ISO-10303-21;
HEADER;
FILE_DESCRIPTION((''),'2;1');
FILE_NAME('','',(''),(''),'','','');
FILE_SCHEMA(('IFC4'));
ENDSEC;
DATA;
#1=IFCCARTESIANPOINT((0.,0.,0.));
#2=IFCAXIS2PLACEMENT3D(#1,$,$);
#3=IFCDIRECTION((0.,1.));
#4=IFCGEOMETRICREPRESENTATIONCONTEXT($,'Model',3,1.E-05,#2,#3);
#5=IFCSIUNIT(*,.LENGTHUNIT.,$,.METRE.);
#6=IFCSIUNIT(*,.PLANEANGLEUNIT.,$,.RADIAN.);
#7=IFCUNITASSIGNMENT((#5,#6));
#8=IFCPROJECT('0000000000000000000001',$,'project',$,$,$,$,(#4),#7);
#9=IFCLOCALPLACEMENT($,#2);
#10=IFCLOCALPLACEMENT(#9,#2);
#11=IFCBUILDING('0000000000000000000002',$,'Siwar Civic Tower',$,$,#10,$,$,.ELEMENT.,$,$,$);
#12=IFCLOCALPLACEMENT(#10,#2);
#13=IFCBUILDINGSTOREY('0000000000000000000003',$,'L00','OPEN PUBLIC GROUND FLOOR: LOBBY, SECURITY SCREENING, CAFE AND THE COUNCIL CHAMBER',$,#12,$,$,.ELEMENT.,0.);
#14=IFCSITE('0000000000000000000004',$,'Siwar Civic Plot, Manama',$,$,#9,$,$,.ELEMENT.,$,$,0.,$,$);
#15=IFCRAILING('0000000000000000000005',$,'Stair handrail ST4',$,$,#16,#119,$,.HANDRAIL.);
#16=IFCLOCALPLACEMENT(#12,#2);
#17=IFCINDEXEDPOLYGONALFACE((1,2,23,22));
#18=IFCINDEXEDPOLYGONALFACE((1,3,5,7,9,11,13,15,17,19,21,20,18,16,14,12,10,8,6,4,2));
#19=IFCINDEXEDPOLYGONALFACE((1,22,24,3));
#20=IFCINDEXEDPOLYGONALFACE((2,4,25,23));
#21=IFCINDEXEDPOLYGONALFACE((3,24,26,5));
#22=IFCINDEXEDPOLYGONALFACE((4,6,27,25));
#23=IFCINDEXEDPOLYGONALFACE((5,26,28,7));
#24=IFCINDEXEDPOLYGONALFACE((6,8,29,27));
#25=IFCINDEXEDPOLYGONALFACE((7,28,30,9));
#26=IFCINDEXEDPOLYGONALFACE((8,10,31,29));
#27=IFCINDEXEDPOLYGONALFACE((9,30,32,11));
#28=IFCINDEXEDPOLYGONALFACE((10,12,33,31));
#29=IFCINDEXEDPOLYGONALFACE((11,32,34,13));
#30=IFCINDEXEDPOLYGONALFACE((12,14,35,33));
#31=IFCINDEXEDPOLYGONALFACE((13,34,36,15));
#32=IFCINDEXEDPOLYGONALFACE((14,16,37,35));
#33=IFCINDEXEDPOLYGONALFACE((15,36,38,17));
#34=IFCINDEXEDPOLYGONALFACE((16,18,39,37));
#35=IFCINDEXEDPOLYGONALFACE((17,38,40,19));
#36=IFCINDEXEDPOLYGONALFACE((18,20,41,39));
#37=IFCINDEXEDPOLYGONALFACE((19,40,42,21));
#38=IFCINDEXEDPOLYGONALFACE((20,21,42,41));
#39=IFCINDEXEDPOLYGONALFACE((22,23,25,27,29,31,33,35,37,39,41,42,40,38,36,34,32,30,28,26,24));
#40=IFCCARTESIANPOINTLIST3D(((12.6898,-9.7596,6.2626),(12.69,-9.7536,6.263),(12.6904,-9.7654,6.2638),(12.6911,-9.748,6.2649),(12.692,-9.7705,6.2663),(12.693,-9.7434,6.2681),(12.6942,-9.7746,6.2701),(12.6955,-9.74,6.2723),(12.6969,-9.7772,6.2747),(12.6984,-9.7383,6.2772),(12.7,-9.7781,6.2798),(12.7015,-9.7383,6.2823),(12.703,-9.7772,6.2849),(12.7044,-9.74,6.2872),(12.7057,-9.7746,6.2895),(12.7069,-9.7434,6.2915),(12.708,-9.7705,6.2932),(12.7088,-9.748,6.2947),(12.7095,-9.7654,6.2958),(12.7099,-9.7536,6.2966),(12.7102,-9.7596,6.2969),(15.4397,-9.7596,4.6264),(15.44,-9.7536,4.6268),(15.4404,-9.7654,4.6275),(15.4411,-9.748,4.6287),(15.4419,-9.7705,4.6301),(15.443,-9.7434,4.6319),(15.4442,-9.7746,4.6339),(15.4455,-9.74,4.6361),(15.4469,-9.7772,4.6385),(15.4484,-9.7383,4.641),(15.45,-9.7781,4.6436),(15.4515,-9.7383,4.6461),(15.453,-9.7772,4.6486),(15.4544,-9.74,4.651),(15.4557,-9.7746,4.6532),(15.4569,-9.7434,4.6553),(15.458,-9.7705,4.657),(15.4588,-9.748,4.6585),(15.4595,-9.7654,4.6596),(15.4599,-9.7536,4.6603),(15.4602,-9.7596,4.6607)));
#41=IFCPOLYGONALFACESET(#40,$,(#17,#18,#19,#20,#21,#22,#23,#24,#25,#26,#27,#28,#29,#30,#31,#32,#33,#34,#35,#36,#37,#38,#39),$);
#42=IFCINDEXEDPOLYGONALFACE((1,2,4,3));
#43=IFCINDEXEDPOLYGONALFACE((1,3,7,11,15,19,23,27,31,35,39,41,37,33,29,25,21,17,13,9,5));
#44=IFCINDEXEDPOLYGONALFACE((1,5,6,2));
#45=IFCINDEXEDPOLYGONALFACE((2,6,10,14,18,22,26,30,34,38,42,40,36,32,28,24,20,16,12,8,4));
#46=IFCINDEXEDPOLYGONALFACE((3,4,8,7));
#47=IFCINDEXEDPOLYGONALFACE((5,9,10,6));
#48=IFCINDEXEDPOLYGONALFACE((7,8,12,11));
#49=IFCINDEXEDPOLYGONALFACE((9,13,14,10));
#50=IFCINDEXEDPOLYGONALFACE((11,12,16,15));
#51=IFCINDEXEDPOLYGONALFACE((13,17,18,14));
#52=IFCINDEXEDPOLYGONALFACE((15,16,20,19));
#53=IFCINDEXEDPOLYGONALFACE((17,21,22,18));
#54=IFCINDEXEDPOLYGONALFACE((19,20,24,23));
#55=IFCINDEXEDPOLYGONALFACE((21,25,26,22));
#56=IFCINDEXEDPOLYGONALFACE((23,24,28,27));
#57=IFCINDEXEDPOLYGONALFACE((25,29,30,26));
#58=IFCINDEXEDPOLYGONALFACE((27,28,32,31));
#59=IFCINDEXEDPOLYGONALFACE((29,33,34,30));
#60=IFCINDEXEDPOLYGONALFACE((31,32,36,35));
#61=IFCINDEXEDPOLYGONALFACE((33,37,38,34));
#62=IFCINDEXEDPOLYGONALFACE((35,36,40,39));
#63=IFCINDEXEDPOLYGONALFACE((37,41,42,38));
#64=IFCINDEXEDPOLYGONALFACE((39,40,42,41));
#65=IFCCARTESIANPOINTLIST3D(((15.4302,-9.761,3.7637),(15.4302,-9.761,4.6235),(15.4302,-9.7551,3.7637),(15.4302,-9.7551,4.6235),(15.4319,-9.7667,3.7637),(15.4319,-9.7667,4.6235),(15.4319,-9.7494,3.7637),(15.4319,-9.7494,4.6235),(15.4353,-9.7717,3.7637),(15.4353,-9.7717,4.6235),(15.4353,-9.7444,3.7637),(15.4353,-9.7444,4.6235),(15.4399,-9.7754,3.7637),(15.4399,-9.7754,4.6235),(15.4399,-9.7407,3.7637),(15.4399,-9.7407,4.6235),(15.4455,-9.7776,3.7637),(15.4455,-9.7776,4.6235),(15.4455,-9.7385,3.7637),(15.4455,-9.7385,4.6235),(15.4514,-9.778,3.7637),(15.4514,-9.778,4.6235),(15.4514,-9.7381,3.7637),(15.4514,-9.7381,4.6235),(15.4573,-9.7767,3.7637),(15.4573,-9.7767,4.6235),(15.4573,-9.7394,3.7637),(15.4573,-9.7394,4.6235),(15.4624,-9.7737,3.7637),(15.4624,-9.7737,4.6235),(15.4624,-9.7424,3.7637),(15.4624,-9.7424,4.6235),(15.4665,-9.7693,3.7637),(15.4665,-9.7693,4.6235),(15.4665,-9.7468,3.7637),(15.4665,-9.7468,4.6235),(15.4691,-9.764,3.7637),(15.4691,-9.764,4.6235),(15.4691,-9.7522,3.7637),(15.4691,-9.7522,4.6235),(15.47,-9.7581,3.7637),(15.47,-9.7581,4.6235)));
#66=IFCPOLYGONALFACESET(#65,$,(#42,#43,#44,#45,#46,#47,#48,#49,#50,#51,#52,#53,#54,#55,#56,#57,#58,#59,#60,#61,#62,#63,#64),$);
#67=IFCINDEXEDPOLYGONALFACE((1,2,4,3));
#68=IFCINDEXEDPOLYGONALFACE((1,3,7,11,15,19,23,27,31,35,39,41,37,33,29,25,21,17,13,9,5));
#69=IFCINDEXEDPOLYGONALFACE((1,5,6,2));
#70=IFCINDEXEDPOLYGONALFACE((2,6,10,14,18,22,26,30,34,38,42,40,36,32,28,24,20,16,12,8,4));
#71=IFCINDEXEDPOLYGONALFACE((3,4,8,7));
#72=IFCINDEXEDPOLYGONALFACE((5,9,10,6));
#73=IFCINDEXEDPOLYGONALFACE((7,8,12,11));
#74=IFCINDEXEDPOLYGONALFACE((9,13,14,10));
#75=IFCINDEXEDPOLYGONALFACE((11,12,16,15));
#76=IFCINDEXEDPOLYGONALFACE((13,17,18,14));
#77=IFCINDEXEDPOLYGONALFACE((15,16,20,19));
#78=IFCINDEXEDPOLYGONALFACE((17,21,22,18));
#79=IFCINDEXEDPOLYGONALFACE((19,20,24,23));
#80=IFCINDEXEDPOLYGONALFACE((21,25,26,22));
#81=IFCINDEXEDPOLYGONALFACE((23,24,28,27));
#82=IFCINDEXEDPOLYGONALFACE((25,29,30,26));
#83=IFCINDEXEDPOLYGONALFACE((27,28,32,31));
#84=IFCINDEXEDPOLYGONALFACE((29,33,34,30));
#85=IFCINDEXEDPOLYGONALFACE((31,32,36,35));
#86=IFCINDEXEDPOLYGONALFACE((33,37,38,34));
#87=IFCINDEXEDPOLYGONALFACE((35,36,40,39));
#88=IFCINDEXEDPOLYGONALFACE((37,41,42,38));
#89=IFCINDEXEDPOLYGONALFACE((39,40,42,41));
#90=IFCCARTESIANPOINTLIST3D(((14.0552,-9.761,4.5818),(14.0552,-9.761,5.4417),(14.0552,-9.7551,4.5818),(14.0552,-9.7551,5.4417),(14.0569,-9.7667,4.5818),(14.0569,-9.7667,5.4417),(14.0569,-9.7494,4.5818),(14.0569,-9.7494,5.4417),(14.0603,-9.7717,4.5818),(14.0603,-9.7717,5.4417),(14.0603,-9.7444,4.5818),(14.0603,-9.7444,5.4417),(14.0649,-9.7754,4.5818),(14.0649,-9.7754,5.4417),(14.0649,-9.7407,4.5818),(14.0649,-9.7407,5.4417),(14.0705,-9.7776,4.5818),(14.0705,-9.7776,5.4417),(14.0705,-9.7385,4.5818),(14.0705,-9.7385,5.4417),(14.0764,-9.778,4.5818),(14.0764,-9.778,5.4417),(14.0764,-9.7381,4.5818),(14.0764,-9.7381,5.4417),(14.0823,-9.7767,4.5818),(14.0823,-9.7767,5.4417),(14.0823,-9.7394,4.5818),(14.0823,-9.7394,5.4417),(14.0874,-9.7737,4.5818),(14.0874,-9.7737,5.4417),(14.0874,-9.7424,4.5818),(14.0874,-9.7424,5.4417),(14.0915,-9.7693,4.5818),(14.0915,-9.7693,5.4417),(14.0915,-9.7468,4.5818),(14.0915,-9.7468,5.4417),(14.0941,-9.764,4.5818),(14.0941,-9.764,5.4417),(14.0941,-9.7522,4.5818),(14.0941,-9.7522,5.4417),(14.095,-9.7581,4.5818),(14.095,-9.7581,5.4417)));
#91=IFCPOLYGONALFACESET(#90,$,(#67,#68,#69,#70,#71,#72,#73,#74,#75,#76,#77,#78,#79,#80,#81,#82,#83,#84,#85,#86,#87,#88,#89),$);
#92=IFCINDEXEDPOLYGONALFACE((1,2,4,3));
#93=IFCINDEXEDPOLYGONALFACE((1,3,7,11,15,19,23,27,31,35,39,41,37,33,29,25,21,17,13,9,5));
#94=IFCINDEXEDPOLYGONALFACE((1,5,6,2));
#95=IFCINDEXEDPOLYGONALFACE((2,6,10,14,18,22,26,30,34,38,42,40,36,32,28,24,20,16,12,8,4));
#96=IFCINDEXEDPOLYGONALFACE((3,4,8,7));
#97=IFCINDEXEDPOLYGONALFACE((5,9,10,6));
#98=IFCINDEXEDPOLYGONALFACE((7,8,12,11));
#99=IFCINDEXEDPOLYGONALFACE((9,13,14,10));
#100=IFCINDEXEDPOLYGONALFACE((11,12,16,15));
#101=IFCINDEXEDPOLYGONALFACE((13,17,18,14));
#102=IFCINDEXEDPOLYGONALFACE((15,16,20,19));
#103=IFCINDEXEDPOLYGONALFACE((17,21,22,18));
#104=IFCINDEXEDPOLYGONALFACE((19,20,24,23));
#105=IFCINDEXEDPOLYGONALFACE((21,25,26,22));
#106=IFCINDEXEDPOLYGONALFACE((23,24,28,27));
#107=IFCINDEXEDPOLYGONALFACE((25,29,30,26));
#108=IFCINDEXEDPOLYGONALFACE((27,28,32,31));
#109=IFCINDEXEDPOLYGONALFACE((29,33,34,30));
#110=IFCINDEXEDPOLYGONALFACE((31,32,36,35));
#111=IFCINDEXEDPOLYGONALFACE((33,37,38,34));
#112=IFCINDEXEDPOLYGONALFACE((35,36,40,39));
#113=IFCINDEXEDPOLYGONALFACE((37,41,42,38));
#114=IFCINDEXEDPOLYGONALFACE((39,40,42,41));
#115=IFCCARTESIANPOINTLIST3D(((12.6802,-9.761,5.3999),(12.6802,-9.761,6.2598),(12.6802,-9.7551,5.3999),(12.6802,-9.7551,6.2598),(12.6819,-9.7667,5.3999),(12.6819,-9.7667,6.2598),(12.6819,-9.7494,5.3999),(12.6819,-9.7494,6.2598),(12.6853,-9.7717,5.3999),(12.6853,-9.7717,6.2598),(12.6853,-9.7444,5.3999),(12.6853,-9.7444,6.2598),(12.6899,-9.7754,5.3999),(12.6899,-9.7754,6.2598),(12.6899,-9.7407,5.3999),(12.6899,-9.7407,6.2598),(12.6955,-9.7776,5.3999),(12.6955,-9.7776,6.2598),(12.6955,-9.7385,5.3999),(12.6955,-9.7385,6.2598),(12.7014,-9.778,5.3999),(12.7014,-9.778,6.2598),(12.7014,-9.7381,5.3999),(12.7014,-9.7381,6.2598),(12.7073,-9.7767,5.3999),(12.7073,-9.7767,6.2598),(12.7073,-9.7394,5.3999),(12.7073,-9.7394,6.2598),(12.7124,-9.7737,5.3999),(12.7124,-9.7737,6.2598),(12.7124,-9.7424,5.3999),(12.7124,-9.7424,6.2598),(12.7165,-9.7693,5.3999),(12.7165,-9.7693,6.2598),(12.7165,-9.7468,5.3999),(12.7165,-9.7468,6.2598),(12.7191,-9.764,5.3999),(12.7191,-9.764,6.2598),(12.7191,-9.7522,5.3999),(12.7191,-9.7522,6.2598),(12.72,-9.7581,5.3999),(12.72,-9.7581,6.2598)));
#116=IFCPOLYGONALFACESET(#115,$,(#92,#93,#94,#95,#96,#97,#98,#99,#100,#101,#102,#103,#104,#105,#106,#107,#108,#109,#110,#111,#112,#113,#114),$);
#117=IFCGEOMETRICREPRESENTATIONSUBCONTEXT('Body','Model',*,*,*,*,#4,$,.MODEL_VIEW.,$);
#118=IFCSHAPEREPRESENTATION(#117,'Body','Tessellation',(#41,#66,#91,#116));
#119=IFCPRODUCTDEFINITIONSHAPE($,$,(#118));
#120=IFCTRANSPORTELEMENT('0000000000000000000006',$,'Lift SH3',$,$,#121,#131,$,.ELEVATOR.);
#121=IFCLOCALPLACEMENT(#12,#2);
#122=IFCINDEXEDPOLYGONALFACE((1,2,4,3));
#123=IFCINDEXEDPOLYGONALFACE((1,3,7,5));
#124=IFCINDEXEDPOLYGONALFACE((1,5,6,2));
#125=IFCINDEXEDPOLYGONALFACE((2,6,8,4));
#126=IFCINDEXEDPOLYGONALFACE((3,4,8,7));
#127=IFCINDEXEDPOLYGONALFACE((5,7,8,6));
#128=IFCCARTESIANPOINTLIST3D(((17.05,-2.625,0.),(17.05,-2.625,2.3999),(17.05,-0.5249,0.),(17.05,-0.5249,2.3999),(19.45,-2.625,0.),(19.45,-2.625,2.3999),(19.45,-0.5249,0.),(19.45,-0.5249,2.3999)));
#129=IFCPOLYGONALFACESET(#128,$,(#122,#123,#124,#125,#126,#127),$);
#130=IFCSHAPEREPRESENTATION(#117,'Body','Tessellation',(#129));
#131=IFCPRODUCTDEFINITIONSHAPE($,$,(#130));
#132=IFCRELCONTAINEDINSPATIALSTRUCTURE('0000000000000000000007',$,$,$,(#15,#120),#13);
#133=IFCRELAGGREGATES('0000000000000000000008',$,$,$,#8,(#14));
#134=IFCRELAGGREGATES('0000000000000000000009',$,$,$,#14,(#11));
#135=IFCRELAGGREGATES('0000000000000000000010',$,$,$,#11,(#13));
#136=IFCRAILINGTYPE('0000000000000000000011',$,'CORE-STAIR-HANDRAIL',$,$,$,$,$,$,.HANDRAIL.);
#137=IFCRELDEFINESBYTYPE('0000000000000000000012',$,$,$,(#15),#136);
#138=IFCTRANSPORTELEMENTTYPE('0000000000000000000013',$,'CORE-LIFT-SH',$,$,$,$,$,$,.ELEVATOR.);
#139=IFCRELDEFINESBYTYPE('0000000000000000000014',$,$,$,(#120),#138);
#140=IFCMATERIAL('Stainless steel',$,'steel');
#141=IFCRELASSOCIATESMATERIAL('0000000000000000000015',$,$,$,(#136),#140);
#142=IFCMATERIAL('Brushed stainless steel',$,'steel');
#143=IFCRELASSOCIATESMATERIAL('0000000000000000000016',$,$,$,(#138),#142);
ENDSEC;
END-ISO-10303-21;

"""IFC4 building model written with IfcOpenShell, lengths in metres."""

from ifc_helpers import new_model, si_unit, direction, frame, origin, origin_2d, place, context, subcontext, project, spatial, rectangle, circle, extrude, material, type_object, element, save


model = new_model("IFC4")

# Units and contexts
model_context = context("Model", 3, precision=1e-05, world=origin(), true_north=direction((0.0, 1.0)))
body_context = subcontext(model_context, "Body", "Model", "MODEL_VIEW")
ifc_project = project(units=[si_unit("LENGTHUNIT", "METRE"), si_unit("PLANEANGLEUNIT", "RADIAN")], contexts=[model_context])

# Site, building, storey
site_placement = place(None, origin())
site = spatial("IfcSite", under=ifc_project, at=site_placement, Name="Siwar Civic Plot, Manama", CompositionType="ELEMENT", RefElevation=0.0)
building_placement = place(site_placement, origin())
building = spatial("IfcBuilding", under=site, at=building_placement, Name="Siwar Civic Tower", CompositionType="ELEMENT")
storey_placement = place(building_placement, origin())
storey = spatial("IfcBuildingStorey", under=building, at=storey_placement, Name="L00", Description="OPEN PUBLIC GROUND FLOOR: LOBBY, SECURITY SCREENING, CAFE AND THE COUNCIL CHAMBER", CompositionType="ELEMENT", Elevation=0.0)

# Railing
ifc_material_1 = material(Name="Stainless steel", Category="steel")
railing_type = type_object("IfcRailingType", Name="CORE-STAIR-HANDRAIL", PredefinedType="HANDRAIL", material=ifc_material_1)
railing_1_placement = place(storey_placement, frame((15.45, -9.7581, 3.7637)))
element("IfcRailing", 1, at=railing_1_placement, inside=storey, type_object=railing_type, Name="Stair handrail ST4", PredefinedType="HANDRAIL", context=body_context, shape_type="SweptSolid", body=[
    extrude(circle(Radius=0.02, at=origin_2d()), frame((0.0, 0.0, 0.8799), z_axis=(-0.859385, 0.0, 0.511328), x_axis=(0.0, -1.0, 0.0)), (0.0, 0.0, 1.0), 3.2),
    extrude(circle(Radius=0.02, at=origin_2d()), origin(), (0.0, 0.0, 1.0), 0.8599),
    extrude(circle(Radius=0.02, at=origin_2d()), frame((-1.375, 0.0, 0.8181)), (0.0, 0.0, 1.0), 0.8599),
    extrude(circle(Radius=0.02, at=origin_2d()), frame((-2.75, 0.0, 1.6362)), (0.0, 0.0, 1.0), 0.8599),
])

# Transport element
ifc_material_2 = material(Name="Brushed stainless steel", Category="steel")
transport_element_type = type_object("IfcTransportElementType", Name="CORE-LIFT-SH", PredefinedType="ELEVATOR", material=ifc_material_2)
transport_element_placement = place(storey_placement, frame((18.25, -1.575, 0.0), z_axis=(0.0, 0.0, 1.0), x_axis=(1.0, 0.0, 0.0)))
element("IfcTransportElement", 2, at=transport_element_placement, inside=storey, type_object=transport_element_type, Name="Lift SH3", PredefinedType="ELEVATOR", context=body_context, shape_type="SweptSolid", body=[
    extrude(rectangle(XDim=2.3999, YDim=2.1001, at=origin_2d()), origin(), (0.0, 0.0, 1.0), 2.3999),
])

save(model, "model.ifc")
